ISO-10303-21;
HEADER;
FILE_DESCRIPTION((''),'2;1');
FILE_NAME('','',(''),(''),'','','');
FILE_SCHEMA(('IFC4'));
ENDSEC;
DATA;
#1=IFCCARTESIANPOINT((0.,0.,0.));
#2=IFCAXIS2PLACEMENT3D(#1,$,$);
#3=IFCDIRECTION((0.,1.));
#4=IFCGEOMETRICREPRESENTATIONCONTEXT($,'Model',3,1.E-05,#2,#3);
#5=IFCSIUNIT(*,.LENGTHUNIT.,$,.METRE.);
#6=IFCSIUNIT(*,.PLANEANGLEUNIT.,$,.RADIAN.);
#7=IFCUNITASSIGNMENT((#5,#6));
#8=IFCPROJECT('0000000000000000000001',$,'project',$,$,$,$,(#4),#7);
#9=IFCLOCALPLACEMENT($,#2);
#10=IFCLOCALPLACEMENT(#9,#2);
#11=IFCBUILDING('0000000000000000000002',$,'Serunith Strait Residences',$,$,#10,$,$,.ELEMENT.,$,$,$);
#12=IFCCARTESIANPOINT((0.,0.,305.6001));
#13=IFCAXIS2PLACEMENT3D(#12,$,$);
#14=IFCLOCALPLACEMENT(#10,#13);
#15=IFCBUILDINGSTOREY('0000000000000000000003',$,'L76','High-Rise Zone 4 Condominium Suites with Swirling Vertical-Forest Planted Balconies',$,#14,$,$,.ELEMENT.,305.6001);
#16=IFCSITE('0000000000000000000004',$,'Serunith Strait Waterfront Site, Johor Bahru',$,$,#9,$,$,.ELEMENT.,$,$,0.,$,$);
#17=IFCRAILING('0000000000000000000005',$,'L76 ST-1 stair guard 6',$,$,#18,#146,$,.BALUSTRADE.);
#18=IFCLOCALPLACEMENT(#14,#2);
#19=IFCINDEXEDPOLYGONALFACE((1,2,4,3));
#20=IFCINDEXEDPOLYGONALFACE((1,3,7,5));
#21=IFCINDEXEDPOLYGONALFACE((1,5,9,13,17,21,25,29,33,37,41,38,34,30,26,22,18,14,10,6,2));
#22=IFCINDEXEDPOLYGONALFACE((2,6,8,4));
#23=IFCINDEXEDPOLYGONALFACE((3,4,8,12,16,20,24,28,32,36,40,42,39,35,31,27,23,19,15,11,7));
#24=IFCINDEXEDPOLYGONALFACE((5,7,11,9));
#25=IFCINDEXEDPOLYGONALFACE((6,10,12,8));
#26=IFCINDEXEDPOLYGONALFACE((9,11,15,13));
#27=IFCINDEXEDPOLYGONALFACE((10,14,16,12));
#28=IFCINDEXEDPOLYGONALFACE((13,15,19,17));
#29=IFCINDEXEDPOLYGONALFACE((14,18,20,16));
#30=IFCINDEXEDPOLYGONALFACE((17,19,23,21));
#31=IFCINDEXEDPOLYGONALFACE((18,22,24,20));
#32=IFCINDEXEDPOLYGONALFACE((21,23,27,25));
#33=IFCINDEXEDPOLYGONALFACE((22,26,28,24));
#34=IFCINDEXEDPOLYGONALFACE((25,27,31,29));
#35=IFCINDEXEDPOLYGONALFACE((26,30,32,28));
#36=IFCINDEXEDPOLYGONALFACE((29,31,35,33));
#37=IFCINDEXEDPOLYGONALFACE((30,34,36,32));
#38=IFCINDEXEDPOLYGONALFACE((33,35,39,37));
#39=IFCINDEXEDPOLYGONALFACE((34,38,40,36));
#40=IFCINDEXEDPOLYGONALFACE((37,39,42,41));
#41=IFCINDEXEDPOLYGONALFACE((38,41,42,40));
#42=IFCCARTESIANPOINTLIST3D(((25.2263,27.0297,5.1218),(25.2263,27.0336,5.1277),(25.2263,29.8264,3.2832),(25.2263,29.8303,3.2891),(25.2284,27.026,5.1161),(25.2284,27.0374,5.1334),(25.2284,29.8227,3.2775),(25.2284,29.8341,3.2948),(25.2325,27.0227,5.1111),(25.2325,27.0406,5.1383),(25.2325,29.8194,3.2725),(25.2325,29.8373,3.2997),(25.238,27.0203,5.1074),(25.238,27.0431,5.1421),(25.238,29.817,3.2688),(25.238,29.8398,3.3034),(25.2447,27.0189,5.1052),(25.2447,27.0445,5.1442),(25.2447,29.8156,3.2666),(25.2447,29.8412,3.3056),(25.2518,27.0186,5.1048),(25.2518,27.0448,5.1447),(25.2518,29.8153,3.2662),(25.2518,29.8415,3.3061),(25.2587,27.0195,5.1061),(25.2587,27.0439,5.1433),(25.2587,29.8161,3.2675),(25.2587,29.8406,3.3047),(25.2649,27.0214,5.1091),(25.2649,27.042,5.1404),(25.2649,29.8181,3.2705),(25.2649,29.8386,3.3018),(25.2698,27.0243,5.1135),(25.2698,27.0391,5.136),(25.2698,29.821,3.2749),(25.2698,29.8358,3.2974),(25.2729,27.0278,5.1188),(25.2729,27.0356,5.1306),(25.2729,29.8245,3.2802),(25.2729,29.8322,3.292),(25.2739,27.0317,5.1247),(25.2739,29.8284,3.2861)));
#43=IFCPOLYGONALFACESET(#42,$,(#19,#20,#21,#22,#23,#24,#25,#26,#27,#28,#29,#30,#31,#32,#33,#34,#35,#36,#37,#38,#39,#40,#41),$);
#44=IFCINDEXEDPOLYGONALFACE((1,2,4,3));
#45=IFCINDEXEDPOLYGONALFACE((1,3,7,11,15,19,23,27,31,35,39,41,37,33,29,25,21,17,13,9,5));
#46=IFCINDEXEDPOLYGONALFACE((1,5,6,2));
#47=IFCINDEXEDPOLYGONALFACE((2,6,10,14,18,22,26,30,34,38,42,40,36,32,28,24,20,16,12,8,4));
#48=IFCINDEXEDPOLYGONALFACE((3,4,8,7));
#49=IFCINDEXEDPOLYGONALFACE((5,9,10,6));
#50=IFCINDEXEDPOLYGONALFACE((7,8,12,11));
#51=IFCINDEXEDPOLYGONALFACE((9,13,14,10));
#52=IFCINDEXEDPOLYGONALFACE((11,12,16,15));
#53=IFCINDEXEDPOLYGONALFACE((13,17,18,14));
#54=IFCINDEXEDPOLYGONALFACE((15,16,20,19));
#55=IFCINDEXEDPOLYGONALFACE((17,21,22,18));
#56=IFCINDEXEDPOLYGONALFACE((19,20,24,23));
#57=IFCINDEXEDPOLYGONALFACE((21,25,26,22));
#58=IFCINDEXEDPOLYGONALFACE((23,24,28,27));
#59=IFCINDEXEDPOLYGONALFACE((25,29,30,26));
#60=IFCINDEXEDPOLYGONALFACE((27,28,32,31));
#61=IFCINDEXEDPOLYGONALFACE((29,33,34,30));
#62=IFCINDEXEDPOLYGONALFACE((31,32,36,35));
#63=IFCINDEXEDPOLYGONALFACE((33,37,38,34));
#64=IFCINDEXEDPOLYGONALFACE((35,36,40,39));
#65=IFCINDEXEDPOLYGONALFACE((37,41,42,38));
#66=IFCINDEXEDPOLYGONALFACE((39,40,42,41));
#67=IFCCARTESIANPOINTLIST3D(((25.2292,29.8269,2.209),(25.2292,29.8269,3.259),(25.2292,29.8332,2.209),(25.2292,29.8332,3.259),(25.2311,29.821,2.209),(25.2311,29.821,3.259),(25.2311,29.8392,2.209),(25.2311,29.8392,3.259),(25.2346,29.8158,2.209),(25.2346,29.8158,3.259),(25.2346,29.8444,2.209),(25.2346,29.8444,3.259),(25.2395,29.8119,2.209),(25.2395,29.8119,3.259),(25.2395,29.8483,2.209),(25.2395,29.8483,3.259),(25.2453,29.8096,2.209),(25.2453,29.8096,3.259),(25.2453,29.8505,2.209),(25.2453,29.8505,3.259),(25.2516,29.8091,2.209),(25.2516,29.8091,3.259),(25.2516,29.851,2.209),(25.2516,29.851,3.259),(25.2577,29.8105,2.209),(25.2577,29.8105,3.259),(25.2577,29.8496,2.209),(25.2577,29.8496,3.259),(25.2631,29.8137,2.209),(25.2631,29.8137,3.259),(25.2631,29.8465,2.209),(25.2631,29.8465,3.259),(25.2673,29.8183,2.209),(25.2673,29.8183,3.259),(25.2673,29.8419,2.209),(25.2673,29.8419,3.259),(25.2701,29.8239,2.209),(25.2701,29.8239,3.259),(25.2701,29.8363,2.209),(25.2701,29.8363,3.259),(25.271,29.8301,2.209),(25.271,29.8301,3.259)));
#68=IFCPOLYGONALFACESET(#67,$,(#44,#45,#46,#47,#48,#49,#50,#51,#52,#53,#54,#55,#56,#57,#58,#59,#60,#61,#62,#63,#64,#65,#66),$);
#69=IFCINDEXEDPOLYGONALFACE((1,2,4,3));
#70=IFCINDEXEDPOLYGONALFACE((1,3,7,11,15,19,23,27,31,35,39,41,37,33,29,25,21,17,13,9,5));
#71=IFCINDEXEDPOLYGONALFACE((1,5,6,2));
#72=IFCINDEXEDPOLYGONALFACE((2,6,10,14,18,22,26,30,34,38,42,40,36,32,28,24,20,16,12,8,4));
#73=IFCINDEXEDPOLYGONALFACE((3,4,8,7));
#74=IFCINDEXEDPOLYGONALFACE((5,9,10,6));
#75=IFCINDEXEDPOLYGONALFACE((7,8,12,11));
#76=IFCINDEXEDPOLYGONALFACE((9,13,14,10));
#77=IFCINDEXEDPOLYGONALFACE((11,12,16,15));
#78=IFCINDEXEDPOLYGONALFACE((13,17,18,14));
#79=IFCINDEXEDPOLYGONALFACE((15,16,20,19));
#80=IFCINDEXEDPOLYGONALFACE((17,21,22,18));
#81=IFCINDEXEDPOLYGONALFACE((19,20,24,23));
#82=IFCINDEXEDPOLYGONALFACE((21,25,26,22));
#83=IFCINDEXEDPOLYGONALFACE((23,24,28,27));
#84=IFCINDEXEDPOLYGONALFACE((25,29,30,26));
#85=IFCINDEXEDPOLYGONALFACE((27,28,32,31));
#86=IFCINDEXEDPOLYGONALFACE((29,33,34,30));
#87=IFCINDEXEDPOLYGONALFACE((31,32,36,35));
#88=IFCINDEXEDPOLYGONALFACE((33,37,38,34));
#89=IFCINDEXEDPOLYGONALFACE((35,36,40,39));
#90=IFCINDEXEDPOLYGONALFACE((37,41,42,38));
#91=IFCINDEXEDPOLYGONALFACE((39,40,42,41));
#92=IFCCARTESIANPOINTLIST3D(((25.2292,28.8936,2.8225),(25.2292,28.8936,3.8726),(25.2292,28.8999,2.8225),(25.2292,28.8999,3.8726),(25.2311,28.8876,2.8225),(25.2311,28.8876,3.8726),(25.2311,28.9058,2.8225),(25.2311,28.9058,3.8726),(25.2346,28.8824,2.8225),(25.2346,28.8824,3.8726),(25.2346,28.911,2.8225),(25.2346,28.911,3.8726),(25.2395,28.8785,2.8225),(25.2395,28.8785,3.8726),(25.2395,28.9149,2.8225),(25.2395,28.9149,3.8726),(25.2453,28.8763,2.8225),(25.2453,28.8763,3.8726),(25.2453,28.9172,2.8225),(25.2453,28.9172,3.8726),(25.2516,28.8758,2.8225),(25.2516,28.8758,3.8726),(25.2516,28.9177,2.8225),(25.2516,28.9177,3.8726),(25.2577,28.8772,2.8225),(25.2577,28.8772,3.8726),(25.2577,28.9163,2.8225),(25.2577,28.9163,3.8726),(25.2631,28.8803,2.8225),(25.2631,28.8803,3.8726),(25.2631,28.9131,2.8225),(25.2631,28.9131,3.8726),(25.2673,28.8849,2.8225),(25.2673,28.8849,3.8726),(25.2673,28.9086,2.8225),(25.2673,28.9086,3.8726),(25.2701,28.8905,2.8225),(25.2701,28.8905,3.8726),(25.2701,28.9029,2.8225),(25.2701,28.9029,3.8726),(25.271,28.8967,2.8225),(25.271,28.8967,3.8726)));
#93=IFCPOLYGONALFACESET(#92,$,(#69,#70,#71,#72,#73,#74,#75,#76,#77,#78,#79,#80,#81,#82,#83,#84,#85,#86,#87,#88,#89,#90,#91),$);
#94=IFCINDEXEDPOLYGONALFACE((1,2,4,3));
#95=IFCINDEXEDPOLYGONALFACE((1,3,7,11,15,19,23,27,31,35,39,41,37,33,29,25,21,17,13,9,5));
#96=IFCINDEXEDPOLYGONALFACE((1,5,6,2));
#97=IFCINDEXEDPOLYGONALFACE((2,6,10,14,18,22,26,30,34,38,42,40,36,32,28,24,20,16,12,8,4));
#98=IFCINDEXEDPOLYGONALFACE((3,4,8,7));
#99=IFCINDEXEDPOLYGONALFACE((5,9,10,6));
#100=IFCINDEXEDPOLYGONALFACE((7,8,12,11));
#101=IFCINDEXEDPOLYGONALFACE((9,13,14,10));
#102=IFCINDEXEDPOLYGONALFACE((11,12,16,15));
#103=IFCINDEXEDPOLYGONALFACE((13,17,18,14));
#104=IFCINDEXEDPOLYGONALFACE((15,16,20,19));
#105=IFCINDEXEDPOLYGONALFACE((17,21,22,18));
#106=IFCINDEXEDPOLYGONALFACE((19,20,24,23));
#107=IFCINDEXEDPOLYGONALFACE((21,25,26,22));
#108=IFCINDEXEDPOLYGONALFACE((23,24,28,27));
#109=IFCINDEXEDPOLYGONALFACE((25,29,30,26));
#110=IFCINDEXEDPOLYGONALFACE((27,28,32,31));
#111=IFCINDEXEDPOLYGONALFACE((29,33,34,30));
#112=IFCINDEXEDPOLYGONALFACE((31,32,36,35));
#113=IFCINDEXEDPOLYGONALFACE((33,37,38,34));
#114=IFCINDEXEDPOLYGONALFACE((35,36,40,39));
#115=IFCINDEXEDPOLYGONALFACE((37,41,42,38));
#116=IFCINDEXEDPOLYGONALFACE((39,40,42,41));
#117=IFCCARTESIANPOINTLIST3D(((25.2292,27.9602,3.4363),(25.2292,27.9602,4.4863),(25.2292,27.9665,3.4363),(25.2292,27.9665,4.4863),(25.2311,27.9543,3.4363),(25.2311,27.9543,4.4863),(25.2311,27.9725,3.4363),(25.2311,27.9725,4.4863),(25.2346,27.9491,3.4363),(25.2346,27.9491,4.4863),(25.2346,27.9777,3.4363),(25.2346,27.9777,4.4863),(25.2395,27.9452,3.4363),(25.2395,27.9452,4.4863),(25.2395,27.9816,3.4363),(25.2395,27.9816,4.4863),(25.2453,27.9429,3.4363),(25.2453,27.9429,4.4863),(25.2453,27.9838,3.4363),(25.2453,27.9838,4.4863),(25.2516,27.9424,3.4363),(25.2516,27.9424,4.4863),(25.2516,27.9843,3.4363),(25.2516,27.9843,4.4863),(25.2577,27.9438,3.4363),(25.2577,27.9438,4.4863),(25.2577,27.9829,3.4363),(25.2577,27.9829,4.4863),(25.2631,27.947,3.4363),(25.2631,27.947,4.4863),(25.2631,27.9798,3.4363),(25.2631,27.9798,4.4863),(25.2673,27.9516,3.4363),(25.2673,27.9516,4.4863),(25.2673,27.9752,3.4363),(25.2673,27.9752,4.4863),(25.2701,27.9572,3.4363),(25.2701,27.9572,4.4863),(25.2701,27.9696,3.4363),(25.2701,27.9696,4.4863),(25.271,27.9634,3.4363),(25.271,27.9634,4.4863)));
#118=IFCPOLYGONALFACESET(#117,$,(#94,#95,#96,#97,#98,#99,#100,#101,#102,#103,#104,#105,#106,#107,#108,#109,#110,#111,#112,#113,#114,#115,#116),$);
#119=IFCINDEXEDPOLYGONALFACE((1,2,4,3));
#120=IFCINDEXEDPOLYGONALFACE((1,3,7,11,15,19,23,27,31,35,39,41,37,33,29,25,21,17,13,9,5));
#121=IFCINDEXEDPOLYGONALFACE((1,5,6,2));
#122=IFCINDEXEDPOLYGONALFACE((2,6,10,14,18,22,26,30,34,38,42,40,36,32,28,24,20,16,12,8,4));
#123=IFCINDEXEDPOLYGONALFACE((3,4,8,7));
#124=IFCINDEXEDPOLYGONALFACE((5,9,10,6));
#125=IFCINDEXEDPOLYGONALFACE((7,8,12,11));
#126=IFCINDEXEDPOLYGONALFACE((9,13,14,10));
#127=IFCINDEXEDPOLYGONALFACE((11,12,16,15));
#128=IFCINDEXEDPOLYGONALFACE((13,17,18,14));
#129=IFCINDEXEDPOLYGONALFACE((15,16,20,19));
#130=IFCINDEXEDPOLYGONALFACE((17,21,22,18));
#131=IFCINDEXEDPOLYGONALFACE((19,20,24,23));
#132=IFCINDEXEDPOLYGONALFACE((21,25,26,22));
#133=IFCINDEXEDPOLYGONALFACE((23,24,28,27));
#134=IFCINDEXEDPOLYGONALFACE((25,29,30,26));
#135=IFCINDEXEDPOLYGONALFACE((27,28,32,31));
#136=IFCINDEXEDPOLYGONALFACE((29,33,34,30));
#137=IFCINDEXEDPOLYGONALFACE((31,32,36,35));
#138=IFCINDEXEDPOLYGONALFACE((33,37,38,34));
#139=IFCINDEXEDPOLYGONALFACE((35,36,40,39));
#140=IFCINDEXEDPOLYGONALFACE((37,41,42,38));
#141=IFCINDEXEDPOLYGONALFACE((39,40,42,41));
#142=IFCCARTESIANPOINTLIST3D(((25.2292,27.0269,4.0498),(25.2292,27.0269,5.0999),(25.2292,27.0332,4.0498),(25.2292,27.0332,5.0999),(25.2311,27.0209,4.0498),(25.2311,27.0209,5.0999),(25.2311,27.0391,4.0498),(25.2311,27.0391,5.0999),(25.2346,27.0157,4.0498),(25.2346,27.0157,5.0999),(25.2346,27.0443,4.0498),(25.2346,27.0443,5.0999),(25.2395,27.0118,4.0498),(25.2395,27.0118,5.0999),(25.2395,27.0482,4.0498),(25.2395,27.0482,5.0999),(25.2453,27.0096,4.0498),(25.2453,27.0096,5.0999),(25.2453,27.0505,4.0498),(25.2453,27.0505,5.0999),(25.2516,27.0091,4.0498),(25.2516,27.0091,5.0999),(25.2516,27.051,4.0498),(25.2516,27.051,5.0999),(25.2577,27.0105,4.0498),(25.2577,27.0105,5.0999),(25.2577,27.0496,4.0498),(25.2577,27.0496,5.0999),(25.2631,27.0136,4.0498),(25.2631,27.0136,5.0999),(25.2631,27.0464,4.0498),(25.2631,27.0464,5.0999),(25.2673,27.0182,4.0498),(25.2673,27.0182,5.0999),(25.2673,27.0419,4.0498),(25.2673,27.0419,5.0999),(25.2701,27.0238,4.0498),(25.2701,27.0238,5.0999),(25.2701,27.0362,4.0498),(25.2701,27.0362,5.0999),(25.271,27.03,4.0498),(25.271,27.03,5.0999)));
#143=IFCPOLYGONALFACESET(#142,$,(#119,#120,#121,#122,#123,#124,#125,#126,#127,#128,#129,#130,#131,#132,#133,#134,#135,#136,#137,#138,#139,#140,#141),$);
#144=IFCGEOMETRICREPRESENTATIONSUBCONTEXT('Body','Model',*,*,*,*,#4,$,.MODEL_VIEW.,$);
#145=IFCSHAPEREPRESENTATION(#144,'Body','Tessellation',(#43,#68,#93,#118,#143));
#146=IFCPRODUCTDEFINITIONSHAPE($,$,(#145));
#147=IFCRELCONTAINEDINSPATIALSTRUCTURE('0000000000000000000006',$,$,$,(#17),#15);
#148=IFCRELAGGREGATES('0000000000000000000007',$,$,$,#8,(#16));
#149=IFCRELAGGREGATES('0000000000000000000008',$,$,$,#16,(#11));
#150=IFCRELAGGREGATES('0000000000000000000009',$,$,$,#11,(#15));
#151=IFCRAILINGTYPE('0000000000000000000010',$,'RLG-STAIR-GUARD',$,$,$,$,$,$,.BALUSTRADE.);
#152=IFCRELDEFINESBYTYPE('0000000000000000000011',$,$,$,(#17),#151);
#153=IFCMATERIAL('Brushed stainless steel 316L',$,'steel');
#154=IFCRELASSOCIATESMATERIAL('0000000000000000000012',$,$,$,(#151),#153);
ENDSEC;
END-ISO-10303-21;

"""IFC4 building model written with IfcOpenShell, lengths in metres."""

from ifc_helpers import new_model, si_unit, direction, frame, origin, origin_2d, place, context, subcontext, project, spatial, circle, extrude, material, type_object, element, save


model = new_model("IFC4")

# Units and contexts
model_context = context("Model", 3, precision=1e-05, world=origin(), true_north=direction((0.0, 1.0)))
body_context = subcontext(model_context, "Body", "Model", "MODEL_VIEW")
ifc_project = project(units=[si_unit("LENGTHUNIT", "METRE"), si_unit("PLANEANGLEUNIT", "RADIAN")], contexts=[model_context])

# Site, building, storey
site_placement = place(None, origin())
site = spatial("IfcSite", under=ifc_project, at=site_placement, Name="Serunith Strait Waterfront Site, Johor Bahru", CompositionType="ELEMENT", RefElevation=0.0)
building_placement = place(site_placement, origin())
building = spatial("IfcBuilding", under=site, at=building_placement, Name="Serunith Strait Residences", CompositionType="ELEMENT")
storey_placement = place(building_placement, frame((0.0, 0.0, 305.6001)))
storey = spatial("IfcBuildingStorey", under=building, at=storey_placement, Name="L76", Description="High-Rise Zone 4 Condominium Suites with Swirling Vertical-Forest Planted Balconies", CompositionType="ELEMENT", Elevation=305.6001)

# Railing
ifc_material_1 = material(Name="Brushed stainless steel 316L", Category="steel")
railing_type_1 = type_object("IfcRailingType", Name="RLG-STAIR-GUARD", PredefinedType="BALUSTRADE", material=ifc_material_1)
railing_1_placement = place(storey_placement, frame((25.25, 29.8301, 2.209)))
element("IfcRailing", 1, at=railing_1_placement, inside=storey, type_object=railing_type_1, Name="L76 ST-1 stair guard 6", PredefinedType="BALUSTRADE", context=body_context, shape_type="SweptSolid", body=[
    extrude(circle(Radius=0.0239, at=origin_2d()), frame((0.0, -0.0017, 1.0771), z_axis=(0.0, -0.835598, 0.549342), x_axis=(1.0, 0.0, 0.0)), (0.0, 0.0, 1.0), 3.3469),
    extrude(circle(Radius=0.021, at=origin_2d()), origin(), (0.0, 0.0, 1.0), 1.05),
    extrude(circle(Radius=0.021, at=origin_2d()), frame((0.0, -0.9333, 0.6135)), (0.0, 0.0, 1.0), 1.05),
    extrude(circle(Radius=0.021, at=origin_2d()), frame((0.0, -1.8667, 1.2273)), (0.0, 0.0, 1.0), 1.05),
    extrude(circle(Radius=0.021, at=origin_2d()), frame((0.0, -2.8, 1.8408)), (0.0, 0.0, 1.0), 1.05),
])

save(model, "model.ifc")
